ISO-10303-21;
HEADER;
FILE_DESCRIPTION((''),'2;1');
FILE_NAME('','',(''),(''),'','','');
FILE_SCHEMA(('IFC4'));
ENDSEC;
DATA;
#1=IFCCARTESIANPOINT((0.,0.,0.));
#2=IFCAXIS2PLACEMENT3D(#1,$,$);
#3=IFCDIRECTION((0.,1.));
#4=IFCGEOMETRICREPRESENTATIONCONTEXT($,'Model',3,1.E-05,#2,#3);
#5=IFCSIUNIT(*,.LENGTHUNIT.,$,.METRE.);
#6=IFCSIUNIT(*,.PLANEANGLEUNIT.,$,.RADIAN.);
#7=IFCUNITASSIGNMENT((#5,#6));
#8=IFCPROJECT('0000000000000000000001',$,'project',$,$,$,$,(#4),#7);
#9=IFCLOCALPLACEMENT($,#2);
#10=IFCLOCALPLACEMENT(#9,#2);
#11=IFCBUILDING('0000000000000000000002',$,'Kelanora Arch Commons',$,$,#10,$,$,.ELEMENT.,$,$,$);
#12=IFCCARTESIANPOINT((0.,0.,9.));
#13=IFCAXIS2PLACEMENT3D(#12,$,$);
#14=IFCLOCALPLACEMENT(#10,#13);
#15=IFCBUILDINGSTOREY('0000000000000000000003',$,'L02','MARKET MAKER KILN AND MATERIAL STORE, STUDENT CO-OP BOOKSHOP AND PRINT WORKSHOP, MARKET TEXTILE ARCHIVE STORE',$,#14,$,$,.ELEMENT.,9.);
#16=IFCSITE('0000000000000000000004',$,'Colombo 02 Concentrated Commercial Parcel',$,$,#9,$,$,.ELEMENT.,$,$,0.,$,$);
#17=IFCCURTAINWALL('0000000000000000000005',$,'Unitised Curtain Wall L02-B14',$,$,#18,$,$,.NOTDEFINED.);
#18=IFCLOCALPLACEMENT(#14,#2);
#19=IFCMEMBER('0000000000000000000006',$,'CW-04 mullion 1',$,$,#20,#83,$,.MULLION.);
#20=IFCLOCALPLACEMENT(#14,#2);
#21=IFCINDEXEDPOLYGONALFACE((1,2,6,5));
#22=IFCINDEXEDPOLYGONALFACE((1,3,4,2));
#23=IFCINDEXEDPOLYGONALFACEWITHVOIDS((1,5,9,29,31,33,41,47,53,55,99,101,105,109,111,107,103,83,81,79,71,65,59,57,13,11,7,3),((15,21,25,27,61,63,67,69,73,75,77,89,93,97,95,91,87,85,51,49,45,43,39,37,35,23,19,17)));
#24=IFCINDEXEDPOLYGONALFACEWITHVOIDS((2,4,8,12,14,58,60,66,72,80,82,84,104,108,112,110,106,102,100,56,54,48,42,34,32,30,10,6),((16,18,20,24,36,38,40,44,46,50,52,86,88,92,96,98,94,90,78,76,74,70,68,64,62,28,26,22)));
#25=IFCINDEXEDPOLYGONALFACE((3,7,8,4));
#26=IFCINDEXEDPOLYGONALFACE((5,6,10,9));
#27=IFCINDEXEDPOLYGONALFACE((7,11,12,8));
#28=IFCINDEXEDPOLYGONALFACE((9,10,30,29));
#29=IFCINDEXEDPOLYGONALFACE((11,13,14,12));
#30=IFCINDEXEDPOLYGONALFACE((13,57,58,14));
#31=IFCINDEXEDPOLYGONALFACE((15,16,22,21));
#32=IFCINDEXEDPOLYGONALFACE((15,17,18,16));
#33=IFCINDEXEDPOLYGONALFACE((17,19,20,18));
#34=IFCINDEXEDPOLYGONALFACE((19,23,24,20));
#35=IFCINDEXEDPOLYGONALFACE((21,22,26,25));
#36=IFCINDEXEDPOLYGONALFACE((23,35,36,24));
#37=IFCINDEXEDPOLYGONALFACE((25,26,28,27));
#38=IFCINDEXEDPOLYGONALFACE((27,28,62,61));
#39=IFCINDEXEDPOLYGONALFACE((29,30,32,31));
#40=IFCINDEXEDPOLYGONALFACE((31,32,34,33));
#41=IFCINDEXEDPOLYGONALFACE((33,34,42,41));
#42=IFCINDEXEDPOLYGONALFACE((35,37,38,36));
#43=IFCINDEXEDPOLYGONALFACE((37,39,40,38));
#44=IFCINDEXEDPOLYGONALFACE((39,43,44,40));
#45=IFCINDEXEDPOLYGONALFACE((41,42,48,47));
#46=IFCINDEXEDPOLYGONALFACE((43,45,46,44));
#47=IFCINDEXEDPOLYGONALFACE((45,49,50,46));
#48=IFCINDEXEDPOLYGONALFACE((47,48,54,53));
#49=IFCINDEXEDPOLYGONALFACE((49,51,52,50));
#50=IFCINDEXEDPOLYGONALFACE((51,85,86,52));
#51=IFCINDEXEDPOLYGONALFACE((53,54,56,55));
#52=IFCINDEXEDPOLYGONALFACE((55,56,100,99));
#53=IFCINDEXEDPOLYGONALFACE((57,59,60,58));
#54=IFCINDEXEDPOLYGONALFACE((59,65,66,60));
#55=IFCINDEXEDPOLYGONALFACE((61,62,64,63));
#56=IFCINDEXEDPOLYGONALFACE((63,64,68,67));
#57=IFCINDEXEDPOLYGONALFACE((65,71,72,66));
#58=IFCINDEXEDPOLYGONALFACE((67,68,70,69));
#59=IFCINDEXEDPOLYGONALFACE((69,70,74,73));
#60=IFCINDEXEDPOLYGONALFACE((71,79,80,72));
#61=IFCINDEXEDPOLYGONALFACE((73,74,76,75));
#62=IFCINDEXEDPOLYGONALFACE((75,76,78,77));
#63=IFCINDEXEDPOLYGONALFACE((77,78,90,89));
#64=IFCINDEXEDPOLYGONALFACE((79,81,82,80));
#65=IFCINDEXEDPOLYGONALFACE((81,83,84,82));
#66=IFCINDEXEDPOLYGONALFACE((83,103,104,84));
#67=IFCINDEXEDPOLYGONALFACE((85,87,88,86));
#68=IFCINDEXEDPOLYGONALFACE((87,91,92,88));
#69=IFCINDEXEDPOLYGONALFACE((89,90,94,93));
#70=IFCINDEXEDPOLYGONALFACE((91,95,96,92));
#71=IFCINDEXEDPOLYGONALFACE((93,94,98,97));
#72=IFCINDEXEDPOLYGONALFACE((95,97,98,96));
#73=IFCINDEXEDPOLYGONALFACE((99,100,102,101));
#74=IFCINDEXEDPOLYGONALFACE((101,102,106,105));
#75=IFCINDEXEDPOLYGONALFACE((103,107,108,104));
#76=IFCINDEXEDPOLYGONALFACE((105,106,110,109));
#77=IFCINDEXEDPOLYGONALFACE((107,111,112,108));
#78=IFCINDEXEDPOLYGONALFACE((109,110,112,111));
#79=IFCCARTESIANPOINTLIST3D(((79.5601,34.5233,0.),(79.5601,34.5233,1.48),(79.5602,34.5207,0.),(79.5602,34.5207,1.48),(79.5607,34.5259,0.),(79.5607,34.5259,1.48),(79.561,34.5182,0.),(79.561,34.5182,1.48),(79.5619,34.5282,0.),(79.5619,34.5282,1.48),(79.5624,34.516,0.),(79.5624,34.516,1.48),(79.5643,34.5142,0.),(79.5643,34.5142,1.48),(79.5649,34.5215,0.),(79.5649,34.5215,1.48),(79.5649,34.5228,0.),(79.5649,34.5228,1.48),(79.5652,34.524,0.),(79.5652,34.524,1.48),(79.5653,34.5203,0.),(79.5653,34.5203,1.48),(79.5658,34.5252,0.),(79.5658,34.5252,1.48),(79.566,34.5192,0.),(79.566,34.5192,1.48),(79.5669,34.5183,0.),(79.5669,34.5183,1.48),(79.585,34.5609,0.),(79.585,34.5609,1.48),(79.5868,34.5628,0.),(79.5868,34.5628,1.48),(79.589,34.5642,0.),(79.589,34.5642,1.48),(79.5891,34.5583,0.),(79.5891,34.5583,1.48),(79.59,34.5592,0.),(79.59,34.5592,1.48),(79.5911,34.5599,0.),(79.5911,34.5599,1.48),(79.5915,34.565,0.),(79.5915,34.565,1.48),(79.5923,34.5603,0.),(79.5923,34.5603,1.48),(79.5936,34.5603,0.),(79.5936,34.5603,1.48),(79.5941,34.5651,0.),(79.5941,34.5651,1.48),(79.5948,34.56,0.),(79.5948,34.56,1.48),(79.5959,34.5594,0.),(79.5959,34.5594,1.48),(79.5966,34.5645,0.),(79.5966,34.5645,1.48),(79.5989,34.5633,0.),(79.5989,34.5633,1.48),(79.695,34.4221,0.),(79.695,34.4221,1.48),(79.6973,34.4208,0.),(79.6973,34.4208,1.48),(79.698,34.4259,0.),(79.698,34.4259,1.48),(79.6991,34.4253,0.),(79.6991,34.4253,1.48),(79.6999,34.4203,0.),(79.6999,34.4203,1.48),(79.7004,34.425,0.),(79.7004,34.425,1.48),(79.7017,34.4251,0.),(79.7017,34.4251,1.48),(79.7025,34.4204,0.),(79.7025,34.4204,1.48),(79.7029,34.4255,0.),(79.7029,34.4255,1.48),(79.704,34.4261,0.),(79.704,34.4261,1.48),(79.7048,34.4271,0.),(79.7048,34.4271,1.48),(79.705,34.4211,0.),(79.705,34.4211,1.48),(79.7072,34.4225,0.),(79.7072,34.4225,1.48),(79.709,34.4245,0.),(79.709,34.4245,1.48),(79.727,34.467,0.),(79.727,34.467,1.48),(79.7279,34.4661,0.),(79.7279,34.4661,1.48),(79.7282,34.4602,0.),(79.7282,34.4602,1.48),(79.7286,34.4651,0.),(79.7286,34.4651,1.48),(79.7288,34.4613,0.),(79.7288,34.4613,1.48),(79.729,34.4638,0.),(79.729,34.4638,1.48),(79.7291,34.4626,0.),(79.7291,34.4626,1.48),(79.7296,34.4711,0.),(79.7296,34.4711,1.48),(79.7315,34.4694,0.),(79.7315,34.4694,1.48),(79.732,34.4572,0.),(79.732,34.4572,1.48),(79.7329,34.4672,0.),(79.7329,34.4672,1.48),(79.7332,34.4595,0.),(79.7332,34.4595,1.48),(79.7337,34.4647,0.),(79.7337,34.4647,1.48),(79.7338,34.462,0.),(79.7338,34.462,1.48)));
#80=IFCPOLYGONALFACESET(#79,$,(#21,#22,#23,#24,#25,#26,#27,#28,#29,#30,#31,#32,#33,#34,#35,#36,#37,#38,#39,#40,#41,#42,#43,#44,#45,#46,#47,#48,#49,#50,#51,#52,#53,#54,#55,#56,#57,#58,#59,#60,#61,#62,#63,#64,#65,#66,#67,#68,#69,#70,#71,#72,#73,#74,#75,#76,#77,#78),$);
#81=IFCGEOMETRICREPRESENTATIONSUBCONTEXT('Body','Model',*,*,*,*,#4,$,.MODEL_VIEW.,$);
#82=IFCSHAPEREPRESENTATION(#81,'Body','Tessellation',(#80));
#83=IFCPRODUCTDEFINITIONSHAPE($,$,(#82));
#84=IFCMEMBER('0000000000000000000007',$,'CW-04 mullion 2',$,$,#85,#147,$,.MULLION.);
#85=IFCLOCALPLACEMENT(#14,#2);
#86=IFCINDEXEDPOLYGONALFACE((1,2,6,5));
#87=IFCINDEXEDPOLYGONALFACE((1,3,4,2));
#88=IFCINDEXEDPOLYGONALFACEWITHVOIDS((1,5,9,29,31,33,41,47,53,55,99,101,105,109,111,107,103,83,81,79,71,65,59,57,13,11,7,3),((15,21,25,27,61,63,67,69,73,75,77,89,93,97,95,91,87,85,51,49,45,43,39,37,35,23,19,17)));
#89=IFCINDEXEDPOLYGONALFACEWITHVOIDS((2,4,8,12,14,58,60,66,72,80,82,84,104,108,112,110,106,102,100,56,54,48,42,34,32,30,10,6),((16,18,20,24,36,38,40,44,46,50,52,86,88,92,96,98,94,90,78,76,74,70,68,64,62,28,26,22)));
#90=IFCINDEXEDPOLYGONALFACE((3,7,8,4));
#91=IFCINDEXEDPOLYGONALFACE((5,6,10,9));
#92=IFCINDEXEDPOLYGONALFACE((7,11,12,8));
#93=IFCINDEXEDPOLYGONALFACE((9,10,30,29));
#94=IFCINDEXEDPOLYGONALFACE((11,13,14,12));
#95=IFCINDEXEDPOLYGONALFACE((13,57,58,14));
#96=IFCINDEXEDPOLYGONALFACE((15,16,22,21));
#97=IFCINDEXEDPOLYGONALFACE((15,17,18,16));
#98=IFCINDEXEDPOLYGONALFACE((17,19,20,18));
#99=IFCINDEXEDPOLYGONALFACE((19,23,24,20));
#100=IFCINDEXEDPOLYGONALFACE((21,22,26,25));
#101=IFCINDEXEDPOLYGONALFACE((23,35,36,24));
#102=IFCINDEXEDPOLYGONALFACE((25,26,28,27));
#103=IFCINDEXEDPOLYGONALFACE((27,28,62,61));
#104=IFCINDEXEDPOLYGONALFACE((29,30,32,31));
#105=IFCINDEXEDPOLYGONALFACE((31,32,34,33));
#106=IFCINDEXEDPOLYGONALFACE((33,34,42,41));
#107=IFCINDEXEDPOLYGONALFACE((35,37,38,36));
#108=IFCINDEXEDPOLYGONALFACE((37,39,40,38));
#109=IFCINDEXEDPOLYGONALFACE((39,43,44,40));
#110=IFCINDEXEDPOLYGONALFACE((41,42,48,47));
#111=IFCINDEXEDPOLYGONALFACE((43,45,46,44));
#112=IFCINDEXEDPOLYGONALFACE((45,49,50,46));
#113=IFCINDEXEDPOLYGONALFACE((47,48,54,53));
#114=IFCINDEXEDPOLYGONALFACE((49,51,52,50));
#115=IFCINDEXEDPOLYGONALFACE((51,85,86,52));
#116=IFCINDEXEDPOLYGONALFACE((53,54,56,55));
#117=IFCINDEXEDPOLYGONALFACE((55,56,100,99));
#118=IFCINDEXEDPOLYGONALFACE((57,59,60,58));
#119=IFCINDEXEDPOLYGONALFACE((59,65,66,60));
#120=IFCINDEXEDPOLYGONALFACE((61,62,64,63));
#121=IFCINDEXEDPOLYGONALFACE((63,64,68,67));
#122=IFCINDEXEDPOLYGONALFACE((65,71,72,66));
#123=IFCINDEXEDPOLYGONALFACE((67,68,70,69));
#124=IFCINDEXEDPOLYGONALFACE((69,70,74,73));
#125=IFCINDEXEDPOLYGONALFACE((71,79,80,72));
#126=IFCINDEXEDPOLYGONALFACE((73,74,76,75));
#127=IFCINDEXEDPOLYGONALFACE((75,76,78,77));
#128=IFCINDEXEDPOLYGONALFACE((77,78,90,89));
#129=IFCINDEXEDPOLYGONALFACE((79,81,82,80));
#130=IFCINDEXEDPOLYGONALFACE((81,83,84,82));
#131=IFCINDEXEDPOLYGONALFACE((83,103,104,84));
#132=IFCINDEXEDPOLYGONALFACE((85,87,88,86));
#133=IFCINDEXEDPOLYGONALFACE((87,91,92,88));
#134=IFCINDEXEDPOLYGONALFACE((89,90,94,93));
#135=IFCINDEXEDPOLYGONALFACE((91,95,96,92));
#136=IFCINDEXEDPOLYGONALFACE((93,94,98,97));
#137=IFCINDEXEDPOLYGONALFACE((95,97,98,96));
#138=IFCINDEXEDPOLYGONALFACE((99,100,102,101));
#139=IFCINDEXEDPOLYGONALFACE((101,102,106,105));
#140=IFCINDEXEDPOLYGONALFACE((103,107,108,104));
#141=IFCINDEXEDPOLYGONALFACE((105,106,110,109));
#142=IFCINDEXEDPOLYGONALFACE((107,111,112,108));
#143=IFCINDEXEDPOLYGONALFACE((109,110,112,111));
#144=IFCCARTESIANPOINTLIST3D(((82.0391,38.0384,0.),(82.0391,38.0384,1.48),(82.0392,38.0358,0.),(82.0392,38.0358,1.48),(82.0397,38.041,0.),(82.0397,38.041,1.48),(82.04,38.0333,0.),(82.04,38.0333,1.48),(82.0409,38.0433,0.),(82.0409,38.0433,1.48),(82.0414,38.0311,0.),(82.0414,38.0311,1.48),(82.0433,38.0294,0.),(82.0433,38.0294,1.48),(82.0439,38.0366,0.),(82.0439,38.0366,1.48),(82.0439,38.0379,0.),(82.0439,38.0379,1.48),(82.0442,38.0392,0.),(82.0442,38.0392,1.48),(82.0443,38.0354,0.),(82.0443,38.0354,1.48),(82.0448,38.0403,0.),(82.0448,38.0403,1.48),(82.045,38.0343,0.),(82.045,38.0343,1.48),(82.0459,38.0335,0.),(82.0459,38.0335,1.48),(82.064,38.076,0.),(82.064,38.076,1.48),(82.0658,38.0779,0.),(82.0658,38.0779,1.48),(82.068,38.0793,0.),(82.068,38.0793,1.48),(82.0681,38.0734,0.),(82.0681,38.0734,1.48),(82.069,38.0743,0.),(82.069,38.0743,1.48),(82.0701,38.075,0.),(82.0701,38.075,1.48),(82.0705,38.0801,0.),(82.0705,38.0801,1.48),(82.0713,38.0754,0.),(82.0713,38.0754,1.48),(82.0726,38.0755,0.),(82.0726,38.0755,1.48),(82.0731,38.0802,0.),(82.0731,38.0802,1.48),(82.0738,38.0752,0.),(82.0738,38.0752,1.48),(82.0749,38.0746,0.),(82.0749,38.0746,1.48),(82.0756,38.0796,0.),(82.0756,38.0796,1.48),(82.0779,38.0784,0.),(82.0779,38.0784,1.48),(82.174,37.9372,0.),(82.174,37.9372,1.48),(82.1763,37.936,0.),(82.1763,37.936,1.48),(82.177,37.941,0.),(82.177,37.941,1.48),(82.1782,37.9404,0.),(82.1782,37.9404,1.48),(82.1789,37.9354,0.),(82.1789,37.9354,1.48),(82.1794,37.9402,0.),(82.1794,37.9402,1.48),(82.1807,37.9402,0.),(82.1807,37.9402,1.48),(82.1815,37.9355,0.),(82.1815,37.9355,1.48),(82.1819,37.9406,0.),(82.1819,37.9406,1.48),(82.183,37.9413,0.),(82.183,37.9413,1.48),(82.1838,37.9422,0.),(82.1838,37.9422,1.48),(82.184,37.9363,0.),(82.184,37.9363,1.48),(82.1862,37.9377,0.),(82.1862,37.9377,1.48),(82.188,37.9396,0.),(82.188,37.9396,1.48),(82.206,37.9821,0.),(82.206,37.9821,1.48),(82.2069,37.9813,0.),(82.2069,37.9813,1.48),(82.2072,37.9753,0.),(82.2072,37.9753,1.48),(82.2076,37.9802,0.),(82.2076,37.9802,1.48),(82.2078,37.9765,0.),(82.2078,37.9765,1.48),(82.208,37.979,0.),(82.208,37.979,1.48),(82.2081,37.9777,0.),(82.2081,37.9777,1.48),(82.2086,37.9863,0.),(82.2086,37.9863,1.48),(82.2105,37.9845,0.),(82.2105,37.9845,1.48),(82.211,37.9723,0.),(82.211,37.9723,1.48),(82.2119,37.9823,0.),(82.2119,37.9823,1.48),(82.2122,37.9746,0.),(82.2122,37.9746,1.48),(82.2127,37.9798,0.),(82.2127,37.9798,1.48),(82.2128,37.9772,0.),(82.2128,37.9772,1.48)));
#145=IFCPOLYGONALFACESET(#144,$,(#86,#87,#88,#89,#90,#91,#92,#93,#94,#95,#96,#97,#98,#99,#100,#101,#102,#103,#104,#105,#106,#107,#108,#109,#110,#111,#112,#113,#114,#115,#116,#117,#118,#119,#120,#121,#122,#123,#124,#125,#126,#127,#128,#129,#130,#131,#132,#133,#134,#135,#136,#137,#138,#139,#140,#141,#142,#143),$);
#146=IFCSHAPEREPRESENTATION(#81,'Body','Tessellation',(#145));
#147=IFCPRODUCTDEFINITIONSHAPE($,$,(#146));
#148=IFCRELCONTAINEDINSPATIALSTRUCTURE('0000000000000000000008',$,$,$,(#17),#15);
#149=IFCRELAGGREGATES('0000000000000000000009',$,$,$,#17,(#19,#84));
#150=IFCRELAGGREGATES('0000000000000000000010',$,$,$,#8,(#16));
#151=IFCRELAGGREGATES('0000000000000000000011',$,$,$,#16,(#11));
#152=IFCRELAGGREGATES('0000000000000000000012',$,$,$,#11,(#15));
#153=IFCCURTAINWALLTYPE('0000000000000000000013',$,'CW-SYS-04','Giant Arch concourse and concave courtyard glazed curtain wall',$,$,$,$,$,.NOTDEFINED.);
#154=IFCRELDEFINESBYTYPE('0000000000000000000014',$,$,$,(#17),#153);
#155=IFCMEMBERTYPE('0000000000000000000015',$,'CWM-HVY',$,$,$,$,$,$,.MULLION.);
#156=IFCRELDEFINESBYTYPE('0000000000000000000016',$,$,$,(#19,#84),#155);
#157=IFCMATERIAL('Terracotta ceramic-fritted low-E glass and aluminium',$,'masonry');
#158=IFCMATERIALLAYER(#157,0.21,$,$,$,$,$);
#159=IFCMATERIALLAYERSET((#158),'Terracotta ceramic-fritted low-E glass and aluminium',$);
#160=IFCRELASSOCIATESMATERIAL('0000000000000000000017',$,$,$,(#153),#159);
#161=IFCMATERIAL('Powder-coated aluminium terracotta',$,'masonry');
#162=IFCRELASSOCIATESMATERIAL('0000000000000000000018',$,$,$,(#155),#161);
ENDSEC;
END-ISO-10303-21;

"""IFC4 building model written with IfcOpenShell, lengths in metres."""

from ifc_helpers import new_model, si_unit, direction, frame, origin, origin_2d, place, context, subcontext, project, spatial, hollow_rectangle, extrude, material, layer, layer_set, material_profile, profile_set, type_object, element, aggregate, save


model = new_model("IFC4")

# Units and contexts
model_context = context("Model", 3, precision=1e-05, world=origin(), true_north=direction((0.0, 1.0)))
body_context = subcontext(model_context, "Body", "Model", "MODEL_VIEW")
ifc_project = project(units=[si_unit("LENGTHUNIT", "METRE"), si_unit("PLANEANGLEUNIT", "RADIAN")], contexts=[model_context])

# Site, building, storey
site_placement = place(None, origin())
site = spatial("IfcSite", under=ifc_project, at=site_placement, Name="Colombo 02 Concentrated Commercial Parcel", CompositionType="ELEMENT", RefElevation=0.0)
building_placement = place(site_placement, origin())
building = spatial("IfcBuilding", under=site, at=building_placement, Name="Kelanora Arch Commons", CompositionType="ELEMENT")
storey_placement = place(building_placement, frame((0.0, 0.0, 9.0)))
storey = spatial("IfcBuildingStorey", under=building, at=storey_placement, Name="L02", Description="MARKET MAKER KILN AND MATERIAL STORE, STUDENT CO-OP BOOKSHOP AND PRINT WORKSHOP, MARKET TEXTILE ARCHIVE STORE", CompositionType="ELEMENT", Elevation=9.0)

# Curtain wall, members
ifc_material_1 = material(Name="Terracotta ceramic-fritted low-E glass and aluminium", Category="masonry")
ifc_layer_1 = layer(ifc_material_1, 0.21)
ifc_layer_set_1 = layer_set([ifc_layer_1], Name="Terracotta ceramic-fritted low-E glass and aluminium")
curtain_wall_type = type_object("IfcCurtainWallType", Name="CW-SYS-04", Description="Giant Arch concourse and concave courtyard glazed curtain wall", PredefinedType="NOTDEFINED", material=ifc_layer_set_1)
curtain_wall_placement = place(storey_placement, origin())
curtain_wall = element("IfcCurtainWall", 1, at=curtain_wall_placement, inside=storey, type_object=curtain_wall_type, Name="Unitised Curtain Wall L02-B14", PredefinedType="NOTDEFINED")
ifc_material_2 = material(Name="Powder-coated aluminium terracotta", Category="masonry")
ifc_material_profile_1 = material_profile(ifc_material_2, hollow_rectangle(XDim=0.1799, YDim=0.0601, WallThickness=0.0049, InnerFilletRadius=0.0049, OuterFilletRadius=0.01, at=origin_2d()), Name="CWM180x60")
ifc_profile_set_1 = profile_set([ifc_material_profile_1], Name="Powder-coated aluminium terracotta")
member_type_1 = type_object("IfcMemberType", Name="CWM-HVY", PredefinedType="MULLION", material=ifc_profile_set_1)
member_1_placement = place(storey_placement, frame((79.647, 34.4927, 0.0), z_axis=(0.0, 0.0, 1.0), x_axis=(-0.817206, 0.576345, 0.0)))
member_1 = element("IfcMember", 2, at=member_1_placement, type_object=member_type_1, Name="CW-04 mullion 1", PredefinedType="MULLION", context=body_context, shape_type="SweptSolid", body=[
    extrude(hollow_rectangle(XDim=0.1799, YDim=0.0601, WallThickness=0.0049, InnerFilletRadius=0.0049, OuterFilletRadius=0.01, at=origin_2d()), origin(), (0.0, 0.0, 1.0), 1.48),
])
member_2_placement = place(storey_placement, frame((82.126, 38.0078, 0.0), z_axis=(0.0, 0.0, 1.0), x_axis=(-0.817206, 0.576345, 0.0)))
member_2 = element("IfcMember", 3, at=member_2_placement, type_object=member_type_1, Name="CW-04 mullion 2", PredefinedType="MULLION", context=body_context, shape_type="SweptSolid", body=[
    extrude(hollow_rectangle(XDim=0.1799, YDim=0.0601, WallThickness=0.0049, InnerFilletRadius=0.0049, OuterFilletRadius=0.01, at=origin_2d()), origin(), (0.0, 0.0, 1.0), 1.48),
])
aggregate(curtain_wall, [member_1, member_2])

save(model, "model.ifc")
